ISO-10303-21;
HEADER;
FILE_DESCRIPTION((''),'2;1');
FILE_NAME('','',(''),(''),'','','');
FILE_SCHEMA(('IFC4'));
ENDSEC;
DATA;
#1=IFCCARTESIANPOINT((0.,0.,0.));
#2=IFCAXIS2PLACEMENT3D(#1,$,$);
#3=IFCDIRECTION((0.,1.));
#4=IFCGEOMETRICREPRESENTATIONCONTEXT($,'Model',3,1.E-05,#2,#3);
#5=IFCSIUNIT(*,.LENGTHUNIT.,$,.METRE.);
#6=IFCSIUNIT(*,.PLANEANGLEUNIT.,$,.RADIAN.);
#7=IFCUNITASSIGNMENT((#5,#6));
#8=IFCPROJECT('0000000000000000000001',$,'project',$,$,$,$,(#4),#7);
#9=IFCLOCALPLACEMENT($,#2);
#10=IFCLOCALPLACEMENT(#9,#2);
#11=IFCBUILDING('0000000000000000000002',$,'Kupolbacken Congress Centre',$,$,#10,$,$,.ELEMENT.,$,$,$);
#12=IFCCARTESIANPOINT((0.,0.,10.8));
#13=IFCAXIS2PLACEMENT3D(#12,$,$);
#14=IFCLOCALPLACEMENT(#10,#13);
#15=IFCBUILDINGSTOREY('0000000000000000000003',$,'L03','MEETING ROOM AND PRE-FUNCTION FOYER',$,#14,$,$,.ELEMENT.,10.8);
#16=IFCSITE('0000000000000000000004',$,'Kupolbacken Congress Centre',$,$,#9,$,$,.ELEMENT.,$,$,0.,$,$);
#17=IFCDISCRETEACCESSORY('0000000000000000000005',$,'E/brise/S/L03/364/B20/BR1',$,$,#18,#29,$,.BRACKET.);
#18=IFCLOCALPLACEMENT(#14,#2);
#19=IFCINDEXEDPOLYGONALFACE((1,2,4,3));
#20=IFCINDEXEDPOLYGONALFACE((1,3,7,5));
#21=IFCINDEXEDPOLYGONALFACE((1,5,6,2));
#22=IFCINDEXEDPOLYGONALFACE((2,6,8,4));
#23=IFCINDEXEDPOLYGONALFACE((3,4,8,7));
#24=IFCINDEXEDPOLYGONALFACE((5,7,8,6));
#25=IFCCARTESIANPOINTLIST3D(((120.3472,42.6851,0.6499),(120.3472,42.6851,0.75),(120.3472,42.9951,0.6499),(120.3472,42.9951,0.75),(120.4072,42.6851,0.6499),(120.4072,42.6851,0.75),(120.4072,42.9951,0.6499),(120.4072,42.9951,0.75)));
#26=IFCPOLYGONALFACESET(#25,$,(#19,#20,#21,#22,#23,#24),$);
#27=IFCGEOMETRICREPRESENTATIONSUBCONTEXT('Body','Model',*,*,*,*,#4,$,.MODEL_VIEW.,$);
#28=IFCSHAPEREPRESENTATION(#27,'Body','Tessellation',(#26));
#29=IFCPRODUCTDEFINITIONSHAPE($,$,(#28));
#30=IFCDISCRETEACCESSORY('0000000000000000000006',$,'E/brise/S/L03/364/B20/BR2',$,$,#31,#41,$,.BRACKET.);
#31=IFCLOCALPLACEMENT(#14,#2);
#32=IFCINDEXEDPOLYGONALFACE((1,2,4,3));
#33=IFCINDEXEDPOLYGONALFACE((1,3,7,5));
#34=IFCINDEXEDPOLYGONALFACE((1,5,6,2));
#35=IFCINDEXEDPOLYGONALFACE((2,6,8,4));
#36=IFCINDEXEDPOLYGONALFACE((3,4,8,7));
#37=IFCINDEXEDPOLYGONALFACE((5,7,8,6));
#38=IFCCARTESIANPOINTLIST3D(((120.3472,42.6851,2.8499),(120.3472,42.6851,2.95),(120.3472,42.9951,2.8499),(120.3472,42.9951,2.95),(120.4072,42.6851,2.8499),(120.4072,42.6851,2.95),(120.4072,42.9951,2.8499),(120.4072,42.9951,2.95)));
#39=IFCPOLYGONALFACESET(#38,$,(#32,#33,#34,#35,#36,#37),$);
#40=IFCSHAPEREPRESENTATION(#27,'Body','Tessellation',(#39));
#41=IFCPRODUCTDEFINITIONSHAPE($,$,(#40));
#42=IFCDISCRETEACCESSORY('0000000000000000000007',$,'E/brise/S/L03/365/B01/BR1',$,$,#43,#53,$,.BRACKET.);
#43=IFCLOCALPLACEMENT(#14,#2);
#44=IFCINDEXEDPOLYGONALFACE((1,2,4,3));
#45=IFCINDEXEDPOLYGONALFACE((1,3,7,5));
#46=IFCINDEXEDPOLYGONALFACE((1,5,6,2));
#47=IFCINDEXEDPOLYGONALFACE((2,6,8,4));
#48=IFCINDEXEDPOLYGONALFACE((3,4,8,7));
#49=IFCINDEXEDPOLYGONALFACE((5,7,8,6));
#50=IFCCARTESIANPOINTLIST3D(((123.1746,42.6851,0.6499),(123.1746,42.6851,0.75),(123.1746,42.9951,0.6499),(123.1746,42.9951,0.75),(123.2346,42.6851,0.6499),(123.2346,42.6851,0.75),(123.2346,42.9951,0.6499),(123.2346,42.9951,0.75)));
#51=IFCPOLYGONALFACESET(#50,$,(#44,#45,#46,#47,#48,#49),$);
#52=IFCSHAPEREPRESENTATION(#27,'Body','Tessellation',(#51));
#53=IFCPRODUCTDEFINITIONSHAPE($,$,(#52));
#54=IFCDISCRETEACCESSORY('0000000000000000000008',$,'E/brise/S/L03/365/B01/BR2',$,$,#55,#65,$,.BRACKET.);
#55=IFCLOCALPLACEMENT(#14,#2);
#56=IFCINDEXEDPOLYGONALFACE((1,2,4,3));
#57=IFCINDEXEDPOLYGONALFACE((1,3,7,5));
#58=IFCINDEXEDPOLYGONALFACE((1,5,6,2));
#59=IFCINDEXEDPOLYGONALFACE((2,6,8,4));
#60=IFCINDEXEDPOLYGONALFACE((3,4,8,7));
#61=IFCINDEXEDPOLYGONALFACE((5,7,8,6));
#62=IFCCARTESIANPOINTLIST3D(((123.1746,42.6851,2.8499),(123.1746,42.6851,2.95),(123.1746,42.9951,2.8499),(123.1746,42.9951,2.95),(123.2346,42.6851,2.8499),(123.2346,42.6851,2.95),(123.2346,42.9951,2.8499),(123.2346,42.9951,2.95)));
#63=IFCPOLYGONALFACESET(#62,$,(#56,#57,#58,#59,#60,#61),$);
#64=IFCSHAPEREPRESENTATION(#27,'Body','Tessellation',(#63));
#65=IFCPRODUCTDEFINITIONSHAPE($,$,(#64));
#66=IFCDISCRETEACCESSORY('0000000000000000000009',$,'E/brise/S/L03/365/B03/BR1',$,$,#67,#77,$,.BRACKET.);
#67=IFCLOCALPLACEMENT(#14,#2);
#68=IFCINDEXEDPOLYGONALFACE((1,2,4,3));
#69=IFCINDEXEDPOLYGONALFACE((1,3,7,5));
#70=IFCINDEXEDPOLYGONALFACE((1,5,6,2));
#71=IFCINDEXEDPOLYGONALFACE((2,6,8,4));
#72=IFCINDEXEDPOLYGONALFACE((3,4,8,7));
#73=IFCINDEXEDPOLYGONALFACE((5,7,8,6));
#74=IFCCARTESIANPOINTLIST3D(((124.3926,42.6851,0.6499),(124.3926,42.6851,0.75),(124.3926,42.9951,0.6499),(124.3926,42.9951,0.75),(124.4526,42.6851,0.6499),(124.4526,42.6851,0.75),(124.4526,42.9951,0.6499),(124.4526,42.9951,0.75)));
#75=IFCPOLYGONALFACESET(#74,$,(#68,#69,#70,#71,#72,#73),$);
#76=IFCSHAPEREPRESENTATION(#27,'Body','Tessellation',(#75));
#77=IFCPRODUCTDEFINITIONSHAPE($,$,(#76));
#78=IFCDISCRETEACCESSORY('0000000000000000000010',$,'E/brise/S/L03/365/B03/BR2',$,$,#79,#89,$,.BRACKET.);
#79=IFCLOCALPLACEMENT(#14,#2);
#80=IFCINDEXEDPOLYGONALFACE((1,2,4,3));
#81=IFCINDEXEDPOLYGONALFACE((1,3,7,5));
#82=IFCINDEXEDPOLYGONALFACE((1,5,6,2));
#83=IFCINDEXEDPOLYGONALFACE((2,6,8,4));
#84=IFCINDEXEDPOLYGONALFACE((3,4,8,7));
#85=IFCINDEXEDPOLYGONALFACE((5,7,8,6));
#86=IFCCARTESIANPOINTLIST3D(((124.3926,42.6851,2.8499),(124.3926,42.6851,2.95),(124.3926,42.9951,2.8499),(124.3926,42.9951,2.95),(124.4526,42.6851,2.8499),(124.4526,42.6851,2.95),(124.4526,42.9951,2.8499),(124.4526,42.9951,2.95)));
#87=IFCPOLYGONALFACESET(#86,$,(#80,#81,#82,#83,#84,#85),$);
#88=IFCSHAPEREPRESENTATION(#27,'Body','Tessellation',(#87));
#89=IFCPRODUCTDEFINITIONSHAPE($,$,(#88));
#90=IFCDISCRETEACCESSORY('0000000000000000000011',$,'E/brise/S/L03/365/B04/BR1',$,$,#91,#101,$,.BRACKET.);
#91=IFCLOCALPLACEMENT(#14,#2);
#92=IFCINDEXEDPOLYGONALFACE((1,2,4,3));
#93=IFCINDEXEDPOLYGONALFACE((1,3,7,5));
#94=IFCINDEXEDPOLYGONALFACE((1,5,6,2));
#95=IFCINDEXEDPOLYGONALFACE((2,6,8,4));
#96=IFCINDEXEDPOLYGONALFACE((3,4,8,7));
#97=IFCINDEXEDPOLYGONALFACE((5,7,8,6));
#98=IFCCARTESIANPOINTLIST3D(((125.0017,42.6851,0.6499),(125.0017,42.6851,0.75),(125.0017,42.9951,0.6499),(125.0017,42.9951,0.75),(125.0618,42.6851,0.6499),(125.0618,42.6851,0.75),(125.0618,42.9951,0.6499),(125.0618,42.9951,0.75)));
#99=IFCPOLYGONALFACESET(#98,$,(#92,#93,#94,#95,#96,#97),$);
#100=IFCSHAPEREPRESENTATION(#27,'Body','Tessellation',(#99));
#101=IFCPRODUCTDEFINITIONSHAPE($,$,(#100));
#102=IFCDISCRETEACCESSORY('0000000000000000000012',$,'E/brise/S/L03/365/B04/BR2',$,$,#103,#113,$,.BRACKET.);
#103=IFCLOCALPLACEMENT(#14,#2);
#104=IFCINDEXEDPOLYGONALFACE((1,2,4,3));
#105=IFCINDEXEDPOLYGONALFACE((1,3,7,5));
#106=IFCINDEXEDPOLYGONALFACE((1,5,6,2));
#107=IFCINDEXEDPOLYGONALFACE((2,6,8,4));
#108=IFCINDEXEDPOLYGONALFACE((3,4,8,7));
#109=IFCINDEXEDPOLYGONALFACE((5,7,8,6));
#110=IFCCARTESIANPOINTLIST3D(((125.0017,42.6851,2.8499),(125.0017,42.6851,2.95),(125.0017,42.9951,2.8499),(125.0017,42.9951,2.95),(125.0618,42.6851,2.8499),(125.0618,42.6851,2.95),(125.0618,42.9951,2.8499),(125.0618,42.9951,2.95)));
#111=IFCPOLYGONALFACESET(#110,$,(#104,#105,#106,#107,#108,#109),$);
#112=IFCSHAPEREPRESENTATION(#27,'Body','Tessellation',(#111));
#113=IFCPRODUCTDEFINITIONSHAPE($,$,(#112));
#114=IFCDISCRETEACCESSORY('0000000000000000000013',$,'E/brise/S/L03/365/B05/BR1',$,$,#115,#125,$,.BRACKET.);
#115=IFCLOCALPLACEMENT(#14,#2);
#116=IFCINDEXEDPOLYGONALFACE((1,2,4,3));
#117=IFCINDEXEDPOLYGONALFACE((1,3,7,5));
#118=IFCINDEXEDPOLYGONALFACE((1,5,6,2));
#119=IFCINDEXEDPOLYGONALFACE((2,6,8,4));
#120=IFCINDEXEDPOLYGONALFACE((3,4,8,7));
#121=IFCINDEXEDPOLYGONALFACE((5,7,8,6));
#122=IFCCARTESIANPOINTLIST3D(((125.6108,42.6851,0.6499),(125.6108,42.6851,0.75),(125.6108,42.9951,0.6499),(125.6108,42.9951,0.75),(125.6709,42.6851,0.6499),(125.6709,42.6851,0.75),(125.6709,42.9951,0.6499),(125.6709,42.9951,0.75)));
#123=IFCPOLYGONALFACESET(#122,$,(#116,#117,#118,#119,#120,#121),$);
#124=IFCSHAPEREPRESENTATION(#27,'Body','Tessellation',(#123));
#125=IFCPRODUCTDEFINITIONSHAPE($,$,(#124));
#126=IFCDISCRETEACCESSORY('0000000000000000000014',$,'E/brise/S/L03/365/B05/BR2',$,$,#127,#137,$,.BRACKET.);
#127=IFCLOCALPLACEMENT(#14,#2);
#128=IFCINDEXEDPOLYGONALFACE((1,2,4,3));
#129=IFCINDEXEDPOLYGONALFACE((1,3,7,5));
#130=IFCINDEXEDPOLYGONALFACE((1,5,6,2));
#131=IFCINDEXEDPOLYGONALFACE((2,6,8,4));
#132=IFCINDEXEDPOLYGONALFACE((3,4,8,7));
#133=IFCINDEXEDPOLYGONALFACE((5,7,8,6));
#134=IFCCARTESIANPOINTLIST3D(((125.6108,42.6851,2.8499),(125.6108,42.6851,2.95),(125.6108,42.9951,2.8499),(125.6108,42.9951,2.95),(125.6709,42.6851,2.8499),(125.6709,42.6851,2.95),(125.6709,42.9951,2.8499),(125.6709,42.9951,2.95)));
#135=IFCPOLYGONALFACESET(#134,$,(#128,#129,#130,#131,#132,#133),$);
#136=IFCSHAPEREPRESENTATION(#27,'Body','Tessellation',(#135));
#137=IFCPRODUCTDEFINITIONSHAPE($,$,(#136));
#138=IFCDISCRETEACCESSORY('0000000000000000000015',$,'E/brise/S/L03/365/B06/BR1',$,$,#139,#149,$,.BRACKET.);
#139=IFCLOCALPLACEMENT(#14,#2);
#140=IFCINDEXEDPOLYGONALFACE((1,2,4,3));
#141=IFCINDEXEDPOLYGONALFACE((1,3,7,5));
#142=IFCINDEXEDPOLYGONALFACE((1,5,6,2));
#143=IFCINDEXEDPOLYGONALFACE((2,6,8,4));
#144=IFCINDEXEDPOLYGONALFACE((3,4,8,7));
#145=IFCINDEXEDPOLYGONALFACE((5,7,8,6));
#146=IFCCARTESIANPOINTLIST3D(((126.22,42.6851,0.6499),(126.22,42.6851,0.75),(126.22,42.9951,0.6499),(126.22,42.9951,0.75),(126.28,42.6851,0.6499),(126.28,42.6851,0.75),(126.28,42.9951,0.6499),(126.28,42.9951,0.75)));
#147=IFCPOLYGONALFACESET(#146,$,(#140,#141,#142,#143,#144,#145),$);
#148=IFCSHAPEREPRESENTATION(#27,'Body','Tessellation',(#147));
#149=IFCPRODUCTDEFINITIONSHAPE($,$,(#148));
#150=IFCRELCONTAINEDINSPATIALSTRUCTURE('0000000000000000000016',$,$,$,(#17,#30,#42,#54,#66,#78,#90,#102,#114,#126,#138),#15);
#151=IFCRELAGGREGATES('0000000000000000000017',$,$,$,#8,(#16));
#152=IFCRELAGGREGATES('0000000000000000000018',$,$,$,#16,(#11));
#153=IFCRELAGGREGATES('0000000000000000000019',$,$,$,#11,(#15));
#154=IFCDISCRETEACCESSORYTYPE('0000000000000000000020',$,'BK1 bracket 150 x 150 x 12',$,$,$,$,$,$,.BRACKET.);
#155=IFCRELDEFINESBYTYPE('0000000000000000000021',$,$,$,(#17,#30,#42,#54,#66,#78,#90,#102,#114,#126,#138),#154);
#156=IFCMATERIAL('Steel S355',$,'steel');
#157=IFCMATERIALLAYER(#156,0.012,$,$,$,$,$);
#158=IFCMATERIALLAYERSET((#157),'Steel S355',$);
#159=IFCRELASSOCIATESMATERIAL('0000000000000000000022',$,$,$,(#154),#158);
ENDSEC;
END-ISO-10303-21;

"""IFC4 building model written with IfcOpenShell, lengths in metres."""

from ifc_helpers import new_model, si_unit, direction, frame, origin, origin_2d, place, context, subcontext, project, spatial, rectangle, extrude, material, layer, layer_set, type_object, element, save


model = new_model("IFC4")

# Units and contexts
model_context = context("Model", 3, precision=1e-05, world=origin(), true_north=direction((0.0, 1.0)))
body_context = subcontext(model_context, "Body", "Model", "MODEL_VIEW")
ifc_project = project(units=[si_unit("LENGTHUNIT", "METRE"), si_unit("PLANEANGLEUNIT", "RADIAN")], contexts=[model_context])

# Site, building, storey
site_placement = place(None, origin())
site = spatial("IfcSite", under=ifc_project, at=site_placement, Name="Kupolbacken Congress Centre", CompositionType="ELEMENT", RefElevation=0.0)
building_placement = place(site_placement, origin())
building = spatial("IfcBuilding", under=site, at=building_placement, Name="Kupolbacken Congress Centre", CompositionType="ELEMENT")
storey_placement = place(building_placement, frame((0.0, 0.0, 10.8)))
storey = spatial("IfcBuildingStorey", under=building, at=storey_placement, Name="L03", Description="MEETING ROOM AND PRE-FUNCTION FOYER", CompositionType="ELEMENT", Elevation=10.8)

# Discrete accessories
ifc_material_1 = material(Name="Steel S355", Category="steel")
ifc_layer_1 = layer(ifc_material_1, 0.012)
ifc_layer_set_1 = layer_set([ifc_layer_1], Name="Steel S355")
discrete_accessory_type = type_object("IfcDiscreteAccessoryType", Name="BK1 bracket 150 x 150 x 12", PredefinedType="BRACKET", material=ifc_layer_set_1)
for number, where, z_axis, x_axis, name in (
    (1, (120.3772, 42.8401, 0.6499), (0.0, 0.0, 1.0), (1.0, 0.0, 0.0), "E/brise/S/L03/364/B20/BR1"),
    (2, (120.3772, 42.8401, 2.8499), (0.0, 0.0, 1.0), (1.0, 0.0, 0.0), "E/brise/S/L03/364/B20/BR2"),
    (3, (123.2046, 42.8401, 0.6499), (0.0, 0.0, 1.0), (1.0, 0.0, 0.0), "E/brise/S/L03/365/B01/BR1"),
    (4, (123.2046, 42.8401, 2.8499), (0.0, 0.0, 1.0), (1.0, 0.0, 0.0), "E/brise/S/L03/365/B01/BR2"),
    (5, (124.4226, 42.8401, 0.6499), (0.0, 0.0, 1.0), (1.0, 0.0, 0.0), "E/brise/S/L03/365/B03/BR1"),
    (6, (124.4226, 42.8401, 2.8499), (0.0, 0.0, 1.0), (1.0, 0.0, 0.0), "E/brise/S/L03/365/B03/BR2"),
    (7, (125.0317, 42.8401, 0.6499), (0.0, 0.0, 1.0), (1.0, 0.0, 0.0), "E/brise/S/L03/365/B04/BR1"),
    (8, (125.0317, 42.8401, 2.8499), (0.0, 0.0, 1.0), (1.0, 0.0, 0.0), "E/brise/S/L03/365/B04/BR2"),
    (9, (125.6409, 42.8401, 0.6499), (0.0, 0.0, 1.0), (1.0, 0.0, 0.0), "E/brise/S/L03/365/B05/BR1"),
    (10, (125.6409, 42.8401, 2.8499), (0.0, 0.0, 1.0), (1.0, 0.0, 0.0), "E/brise/S/L03/365/B05/BR2"),
    (11, (126.25, 42.8401, 0.6499), (0.0, 0.0, 1.0), (1.0, 0.0, 0.0), "E/brise/S/L03/365/B06/BR1"),
):
    element("IfcDiscreteAccessory", number, at=place(storey_placement, frame(where, z_axis=z_axis, x_axis=x_axis)), inside=storey, type_object=discrete_accessory_type, Name=name, PredefinedType="BRACKET", context=body_context, shape_type="SweptSolid", body=[
        extrude(rectangle(XDim=0.0601, YDim=0.3101, at=origin_2d()), origin(), (0.0, 0.0, 1.0), 0.1001),
    ])

save(model, "model.ifc")
